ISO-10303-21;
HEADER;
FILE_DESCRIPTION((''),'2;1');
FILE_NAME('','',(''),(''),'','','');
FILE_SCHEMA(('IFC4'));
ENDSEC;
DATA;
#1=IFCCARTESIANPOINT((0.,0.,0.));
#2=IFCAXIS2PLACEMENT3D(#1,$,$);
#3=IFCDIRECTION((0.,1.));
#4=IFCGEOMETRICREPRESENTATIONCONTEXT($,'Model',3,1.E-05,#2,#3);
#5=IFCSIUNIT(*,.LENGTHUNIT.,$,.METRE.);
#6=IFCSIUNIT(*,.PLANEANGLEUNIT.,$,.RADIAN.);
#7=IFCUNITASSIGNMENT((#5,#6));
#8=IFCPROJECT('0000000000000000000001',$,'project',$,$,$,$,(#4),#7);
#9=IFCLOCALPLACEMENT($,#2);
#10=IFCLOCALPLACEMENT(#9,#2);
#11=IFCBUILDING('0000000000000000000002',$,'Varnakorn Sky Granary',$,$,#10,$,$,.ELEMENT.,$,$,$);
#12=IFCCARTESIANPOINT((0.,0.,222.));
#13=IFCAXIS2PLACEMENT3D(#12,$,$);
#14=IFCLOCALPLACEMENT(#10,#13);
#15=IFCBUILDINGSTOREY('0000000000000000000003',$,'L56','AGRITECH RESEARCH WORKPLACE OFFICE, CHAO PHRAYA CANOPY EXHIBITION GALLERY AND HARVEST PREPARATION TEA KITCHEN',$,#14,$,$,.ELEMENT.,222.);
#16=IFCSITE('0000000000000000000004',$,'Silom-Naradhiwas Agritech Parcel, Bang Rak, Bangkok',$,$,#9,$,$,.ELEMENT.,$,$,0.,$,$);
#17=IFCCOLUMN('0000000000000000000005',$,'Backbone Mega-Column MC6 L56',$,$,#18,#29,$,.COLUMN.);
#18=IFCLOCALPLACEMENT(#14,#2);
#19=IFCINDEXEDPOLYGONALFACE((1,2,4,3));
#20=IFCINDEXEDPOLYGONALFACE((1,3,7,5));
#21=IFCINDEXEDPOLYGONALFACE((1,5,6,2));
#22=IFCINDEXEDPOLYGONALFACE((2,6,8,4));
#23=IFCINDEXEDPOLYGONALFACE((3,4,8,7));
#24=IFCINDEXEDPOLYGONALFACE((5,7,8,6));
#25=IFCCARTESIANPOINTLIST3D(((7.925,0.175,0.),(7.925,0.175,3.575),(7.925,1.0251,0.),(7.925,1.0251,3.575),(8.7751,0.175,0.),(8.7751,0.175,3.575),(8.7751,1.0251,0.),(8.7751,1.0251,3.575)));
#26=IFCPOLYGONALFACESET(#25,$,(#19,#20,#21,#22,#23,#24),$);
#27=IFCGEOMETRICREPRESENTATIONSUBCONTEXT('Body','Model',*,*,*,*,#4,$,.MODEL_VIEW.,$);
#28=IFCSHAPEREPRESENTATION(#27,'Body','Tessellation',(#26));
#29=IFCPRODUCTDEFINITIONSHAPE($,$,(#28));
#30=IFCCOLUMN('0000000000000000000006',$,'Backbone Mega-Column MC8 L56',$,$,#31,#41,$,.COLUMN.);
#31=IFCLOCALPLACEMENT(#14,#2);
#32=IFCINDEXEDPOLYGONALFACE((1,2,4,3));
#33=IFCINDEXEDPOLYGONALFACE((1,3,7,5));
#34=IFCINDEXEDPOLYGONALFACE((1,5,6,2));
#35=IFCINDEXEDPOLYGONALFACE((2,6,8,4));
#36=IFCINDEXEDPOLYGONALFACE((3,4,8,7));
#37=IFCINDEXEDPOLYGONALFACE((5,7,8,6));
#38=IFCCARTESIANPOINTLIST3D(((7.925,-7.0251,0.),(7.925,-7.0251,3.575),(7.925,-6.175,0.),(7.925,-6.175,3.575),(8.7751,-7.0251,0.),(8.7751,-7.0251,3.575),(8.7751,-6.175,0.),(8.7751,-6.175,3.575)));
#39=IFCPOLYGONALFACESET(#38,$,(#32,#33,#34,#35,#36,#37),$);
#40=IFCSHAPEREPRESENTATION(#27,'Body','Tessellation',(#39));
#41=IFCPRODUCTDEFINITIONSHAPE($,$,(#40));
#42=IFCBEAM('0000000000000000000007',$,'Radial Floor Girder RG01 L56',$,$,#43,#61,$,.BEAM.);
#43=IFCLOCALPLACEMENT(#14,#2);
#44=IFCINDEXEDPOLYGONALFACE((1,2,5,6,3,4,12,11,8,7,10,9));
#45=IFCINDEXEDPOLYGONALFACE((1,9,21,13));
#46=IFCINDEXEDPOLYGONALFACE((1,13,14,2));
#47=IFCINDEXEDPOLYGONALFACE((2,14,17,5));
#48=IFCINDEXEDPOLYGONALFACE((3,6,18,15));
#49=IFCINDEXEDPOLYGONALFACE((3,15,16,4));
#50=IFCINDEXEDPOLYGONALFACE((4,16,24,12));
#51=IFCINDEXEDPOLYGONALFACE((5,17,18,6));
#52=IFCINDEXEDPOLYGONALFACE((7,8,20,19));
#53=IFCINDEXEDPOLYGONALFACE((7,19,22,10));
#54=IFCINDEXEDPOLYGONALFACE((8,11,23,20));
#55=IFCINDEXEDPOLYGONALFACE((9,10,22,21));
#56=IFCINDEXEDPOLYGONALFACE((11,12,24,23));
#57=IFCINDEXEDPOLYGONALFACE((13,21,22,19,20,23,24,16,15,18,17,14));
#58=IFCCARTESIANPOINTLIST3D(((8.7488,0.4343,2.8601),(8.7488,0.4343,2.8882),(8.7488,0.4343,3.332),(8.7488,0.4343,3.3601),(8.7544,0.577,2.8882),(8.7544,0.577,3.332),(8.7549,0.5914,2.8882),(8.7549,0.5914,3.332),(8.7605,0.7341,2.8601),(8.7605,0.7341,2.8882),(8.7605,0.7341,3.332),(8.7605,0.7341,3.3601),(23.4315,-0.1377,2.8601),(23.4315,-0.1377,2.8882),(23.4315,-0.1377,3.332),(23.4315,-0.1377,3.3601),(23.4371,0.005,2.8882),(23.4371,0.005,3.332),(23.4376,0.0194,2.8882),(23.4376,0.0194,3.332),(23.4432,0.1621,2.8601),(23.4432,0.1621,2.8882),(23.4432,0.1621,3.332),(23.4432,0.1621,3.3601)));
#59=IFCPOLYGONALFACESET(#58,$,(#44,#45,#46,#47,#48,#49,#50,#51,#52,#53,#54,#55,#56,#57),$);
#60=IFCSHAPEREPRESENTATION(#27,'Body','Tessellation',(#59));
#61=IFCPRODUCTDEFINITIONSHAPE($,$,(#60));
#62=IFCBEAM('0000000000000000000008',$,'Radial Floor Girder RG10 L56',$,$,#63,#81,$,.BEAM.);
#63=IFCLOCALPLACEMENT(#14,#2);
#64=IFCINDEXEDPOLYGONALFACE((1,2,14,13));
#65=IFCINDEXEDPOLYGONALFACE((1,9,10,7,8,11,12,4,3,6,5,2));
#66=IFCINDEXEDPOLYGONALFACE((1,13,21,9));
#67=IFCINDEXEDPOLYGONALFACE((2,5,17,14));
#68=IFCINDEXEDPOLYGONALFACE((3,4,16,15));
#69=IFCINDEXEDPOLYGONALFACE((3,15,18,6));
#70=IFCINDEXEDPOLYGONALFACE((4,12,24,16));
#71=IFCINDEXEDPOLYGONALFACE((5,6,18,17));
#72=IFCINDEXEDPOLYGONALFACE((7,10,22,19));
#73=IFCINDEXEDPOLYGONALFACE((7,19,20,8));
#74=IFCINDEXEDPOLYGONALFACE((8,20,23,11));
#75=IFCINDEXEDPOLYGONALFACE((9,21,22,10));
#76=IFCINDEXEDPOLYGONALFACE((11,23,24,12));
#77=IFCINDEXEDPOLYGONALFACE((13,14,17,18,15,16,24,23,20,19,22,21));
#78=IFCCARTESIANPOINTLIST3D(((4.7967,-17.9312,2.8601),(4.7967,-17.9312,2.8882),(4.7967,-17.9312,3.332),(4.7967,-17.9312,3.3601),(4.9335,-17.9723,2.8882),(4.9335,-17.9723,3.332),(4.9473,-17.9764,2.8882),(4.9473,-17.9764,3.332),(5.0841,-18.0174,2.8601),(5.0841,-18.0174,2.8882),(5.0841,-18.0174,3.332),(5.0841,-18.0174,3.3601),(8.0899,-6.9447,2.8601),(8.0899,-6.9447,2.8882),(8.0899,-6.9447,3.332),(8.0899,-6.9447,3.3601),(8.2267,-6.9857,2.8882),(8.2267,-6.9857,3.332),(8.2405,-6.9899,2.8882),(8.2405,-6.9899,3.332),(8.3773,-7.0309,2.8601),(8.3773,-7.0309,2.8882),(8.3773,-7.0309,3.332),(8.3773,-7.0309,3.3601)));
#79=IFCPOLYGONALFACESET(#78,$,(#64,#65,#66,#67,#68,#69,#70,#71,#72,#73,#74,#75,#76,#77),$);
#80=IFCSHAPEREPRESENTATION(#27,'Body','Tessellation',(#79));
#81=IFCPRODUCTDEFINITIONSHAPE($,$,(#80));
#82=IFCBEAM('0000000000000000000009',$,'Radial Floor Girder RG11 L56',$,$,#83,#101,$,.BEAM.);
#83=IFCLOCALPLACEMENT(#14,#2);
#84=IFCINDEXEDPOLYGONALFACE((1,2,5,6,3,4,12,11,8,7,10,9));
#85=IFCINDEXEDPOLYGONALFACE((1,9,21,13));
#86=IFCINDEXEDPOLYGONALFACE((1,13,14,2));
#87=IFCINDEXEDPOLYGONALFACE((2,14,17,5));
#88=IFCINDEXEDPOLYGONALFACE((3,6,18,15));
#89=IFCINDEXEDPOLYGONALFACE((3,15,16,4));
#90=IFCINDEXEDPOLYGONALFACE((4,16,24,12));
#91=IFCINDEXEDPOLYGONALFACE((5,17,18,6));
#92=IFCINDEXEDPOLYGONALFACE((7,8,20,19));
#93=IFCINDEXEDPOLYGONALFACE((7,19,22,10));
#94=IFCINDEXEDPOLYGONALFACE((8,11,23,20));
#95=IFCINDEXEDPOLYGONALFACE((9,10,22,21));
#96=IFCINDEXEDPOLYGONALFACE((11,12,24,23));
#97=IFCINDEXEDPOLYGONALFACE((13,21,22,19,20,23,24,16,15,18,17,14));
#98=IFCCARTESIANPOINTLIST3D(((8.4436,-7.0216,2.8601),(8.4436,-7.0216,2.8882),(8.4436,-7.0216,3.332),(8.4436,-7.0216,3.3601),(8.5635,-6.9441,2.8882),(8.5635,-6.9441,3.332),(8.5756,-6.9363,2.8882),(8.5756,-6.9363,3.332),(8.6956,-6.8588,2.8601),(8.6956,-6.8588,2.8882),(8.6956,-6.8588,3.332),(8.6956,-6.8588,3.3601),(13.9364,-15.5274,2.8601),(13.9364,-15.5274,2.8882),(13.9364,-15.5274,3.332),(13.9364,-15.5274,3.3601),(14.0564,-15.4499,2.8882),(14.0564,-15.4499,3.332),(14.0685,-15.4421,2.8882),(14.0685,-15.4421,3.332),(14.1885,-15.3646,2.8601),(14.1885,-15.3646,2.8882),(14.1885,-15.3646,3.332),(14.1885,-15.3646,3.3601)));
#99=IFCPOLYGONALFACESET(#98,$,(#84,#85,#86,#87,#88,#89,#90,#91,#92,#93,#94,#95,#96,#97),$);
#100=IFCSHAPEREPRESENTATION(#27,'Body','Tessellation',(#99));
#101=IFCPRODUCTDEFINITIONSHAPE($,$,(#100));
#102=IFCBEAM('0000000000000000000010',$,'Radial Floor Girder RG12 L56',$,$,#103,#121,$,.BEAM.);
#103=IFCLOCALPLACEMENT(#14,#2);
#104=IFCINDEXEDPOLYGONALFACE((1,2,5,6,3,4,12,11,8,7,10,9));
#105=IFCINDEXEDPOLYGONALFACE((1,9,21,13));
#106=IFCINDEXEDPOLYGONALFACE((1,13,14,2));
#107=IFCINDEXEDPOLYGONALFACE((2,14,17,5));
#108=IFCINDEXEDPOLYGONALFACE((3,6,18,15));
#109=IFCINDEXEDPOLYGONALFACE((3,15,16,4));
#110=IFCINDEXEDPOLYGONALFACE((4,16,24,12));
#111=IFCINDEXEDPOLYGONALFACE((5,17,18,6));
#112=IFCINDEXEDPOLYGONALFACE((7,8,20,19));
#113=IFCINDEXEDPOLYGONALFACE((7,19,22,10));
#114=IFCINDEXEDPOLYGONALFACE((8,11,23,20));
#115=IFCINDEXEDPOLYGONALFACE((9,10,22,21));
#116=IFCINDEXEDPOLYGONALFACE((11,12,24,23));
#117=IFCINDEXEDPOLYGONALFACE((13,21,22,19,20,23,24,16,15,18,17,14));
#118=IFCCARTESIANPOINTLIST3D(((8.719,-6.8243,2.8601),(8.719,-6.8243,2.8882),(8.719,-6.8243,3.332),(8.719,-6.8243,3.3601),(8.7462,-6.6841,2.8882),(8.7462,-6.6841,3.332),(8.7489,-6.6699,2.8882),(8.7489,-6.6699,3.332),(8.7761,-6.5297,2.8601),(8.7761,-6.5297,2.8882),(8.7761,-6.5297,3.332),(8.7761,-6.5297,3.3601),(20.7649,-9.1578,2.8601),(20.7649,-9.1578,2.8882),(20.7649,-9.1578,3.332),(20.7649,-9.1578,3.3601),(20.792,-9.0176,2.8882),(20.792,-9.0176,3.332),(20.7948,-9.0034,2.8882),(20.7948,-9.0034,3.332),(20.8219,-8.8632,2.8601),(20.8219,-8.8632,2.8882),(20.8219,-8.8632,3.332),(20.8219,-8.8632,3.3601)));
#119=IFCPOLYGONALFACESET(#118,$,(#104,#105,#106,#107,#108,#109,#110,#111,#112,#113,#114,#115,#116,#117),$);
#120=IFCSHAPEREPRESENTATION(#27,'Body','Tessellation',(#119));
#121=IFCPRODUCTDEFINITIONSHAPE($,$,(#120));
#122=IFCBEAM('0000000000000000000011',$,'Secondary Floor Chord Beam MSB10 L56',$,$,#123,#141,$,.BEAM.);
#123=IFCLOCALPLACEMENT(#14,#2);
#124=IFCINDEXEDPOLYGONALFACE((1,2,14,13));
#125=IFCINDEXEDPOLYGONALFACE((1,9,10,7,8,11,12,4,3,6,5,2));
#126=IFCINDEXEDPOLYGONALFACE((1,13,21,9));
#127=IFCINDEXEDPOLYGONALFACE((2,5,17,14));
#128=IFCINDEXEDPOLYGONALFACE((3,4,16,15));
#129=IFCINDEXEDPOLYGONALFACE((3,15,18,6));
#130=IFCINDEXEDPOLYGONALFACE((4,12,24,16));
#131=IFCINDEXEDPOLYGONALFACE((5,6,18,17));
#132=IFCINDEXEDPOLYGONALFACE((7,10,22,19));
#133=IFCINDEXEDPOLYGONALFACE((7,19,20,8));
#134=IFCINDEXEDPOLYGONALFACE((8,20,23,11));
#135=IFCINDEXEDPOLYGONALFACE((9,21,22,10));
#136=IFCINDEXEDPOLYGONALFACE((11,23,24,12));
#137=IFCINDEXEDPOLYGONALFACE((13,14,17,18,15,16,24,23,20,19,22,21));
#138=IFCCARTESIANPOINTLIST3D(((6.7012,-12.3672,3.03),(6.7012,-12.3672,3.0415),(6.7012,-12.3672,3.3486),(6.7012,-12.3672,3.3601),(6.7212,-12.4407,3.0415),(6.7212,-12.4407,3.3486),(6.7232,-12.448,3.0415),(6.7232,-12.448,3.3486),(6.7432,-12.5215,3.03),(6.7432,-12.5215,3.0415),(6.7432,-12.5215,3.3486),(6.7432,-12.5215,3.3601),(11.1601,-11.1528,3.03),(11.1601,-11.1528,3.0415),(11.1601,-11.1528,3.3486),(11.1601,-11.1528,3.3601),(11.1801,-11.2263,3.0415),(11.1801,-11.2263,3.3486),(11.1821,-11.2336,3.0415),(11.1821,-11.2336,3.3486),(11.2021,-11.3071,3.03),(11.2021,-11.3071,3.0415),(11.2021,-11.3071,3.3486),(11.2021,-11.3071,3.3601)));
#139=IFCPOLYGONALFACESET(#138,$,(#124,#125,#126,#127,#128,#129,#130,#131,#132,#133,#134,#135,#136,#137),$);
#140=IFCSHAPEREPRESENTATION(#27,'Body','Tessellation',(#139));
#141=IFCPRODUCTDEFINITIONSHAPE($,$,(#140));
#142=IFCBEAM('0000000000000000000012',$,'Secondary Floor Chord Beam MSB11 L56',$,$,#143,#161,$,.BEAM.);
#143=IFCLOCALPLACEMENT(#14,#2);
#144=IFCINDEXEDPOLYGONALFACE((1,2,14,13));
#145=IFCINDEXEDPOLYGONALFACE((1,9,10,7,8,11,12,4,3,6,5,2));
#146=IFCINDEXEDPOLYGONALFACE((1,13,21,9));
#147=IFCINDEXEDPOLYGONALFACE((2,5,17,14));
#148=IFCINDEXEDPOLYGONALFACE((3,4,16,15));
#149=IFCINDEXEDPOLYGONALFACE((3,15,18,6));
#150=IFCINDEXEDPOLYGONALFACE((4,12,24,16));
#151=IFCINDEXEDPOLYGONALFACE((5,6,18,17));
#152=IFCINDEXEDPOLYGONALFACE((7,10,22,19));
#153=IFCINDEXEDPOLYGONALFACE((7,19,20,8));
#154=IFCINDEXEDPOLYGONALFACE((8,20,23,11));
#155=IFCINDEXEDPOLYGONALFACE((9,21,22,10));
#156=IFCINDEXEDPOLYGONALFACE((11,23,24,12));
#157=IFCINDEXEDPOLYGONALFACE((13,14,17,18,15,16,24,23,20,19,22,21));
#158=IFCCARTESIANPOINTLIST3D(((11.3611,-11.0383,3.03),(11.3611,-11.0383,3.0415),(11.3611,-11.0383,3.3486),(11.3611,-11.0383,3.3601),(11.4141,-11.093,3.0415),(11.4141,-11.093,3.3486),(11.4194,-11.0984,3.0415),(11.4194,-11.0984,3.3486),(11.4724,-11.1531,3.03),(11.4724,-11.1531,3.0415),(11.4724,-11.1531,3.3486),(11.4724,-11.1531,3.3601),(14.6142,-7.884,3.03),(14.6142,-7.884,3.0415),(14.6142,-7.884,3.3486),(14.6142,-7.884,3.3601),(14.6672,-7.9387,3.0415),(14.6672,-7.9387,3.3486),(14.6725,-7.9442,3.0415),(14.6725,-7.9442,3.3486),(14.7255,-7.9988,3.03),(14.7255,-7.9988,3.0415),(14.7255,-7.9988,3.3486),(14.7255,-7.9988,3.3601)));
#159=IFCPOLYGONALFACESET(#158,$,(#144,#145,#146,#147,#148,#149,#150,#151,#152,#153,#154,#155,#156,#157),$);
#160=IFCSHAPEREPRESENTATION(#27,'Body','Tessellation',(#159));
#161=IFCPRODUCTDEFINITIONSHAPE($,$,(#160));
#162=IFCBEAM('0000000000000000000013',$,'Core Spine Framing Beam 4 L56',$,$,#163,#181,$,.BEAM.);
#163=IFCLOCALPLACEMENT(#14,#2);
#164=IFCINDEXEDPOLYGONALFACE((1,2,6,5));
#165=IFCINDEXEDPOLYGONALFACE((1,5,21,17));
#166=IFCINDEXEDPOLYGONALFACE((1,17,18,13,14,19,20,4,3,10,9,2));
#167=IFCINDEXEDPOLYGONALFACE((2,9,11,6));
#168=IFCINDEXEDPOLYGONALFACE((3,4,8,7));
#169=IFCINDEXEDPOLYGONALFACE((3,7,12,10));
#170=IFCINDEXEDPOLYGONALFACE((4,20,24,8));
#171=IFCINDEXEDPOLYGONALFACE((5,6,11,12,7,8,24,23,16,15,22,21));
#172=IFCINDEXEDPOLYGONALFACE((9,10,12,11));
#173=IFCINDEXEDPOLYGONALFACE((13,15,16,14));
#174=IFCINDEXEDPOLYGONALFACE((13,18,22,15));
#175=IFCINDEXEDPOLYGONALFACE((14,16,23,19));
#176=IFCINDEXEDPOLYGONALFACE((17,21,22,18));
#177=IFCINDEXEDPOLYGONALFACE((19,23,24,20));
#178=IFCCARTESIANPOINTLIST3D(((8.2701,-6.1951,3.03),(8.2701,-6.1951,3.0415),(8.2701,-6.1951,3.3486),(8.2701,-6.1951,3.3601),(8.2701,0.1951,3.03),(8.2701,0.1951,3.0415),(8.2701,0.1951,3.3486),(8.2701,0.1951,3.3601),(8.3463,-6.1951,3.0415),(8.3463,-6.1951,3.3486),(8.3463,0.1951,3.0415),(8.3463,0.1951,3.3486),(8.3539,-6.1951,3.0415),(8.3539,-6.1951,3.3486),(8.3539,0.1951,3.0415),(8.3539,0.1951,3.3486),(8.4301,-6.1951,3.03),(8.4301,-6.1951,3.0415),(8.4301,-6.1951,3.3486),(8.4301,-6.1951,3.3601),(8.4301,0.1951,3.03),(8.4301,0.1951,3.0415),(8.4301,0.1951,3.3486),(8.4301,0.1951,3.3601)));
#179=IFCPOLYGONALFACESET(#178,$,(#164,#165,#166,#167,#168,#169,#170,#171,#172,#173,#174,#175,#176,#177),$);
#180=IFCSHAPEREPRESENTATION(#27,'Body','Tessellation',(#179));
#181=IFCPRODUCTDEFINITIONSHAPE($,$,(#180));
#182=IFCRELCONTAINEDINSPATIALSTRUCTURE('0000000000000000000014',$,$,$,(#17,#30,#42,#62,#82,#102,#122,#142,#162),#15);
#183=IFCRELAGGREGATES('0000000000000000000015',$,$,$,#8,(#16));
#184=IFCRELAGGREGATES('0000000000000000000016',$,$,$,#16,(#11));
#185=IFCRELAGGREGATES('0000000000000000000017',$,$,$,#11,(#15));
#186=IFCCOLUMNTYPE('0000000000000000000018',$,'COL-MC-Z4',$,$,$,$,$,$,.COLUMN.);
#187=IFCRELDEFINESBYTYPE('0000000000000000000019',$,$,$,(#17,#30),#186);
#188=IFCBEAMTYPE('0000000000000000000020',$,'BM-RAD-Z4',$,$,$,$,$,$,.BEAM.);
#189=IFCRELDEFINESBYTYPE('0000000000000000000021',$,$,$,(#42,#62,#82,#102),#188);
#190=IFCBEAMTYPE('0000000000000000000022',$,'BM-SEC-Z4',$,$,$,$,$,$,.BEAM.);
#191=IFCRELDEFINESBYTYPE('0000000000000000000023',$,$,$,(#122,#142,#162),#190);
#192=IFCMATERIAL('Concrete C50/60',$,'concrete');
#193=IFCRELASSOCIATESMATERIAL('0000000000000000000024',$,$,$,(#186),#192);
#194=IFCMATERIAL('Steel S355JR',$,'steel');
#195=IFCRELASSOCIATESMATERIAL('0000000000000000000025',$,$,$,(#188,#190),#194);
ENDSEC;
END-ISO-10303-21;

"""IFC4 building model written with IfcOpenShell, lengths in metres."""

from ifc_helpers import new_model, si_unit, direction, frame, origin, origin_2d, place, context, subcontext, project, spatial, rectangle, i_section, extrude, material, material_profile, profile_set, type_object, element, save


model = new_model("IFC4")

# Units and contexts
model_context = context("Model", 3, precision=1e-05, world=origin(), true_north=direction((0.0, 1.0)))
body_context = subcontext(model_context, "Body", "Model", "MODEL_VIEW")
ifc_project = project(units=[si_unit("LENGTHUNIT", "METRE"), si_unit("PLANEANGLEUNIT", "RADIAN")], contexts=[model_context])

# Site, building, storey
site_placement = place(None, origin())
site = spatial("IfcSite", under=ifc_project, at=site_placement, Name="Silom-Naradhiwas Agritech Parcel, Bang Rak, Bangkok", CompositionType="ELEMENT", RefElevation=0.0)
building_placement = place(site_placement, origin())
building = spatial("IfcBuilding", under=site, at=building_placement, Name="Varnakorn Sky Granary", CompositionType="ELEMENT")
storey_placement = place(building_placement, frame((0.0, 0.0, 222.0)))
storey = spatial("IfcBuildingStorey", under=building, at=storey_placement, Name="L56", Description="AGRITECH RESEARCH WORKPLACE OFFICE, CHAO PHRAYA CANOPY EXHIBITION GALLERY AND HARVEST PREPARATION TEA KITCHEN", CompositionType="ELEMENT", Elevation=222.0)

# Columns
ifc_material_1 = material(Name="Concrete C50/60", Category="concrete")
ifc_material_profile_1 = material_profile(ifc_material_1, rectangle(XDim=0.8501, YDim=0.8501, at=origin_2d()), Name="RC 850x850")
ifc_profile_set_1 = profile_set([ifc_material_profile_1], Name="Concrete C50/60")
column_type = type_object("IfcColumnType", Name="COL-MC-Z4", PredefinedType="COLUMN", material=ifc_profile_set_1)
for number, where, z_axis, x_axis, name in (
    (1, (8.3501, 0.6001, 0.0), (0.0, 0.0, 1.0), (1.0, 0.0, 0.0), "Backbone Mega-Column MC6 L56"),
    (2, (8.3501, -6.6001, 0.0), (0.0, 0.0, 1.0), (1.0, 0.0, 0.0), "Backbone Mega-Column MC8 L56"),
):
    element("IfcColumn", number, at=place(storey_placement, frame(where, z_axis=z_axis, x_axis=x_axis)), inside=storey, type_object=column_type, Name=name, PredefinedType="COLUMN", context=body_context, shape_type="SweptSolid", body=[
        extrude(rectangle(XDim=0.8501, YDim=0.8501, at=origin_2d()), origin(), (0.0, 0.0, 1.0), 3.575),
    ])

# Beams
ifc_material_2 = material(Name="Steel S355JR", Category="steel")
ifc_material_profile_2 = material_profile(ifc_material_2, i_section(OverallWidth=0.3, OverallDepth=0.5, WebThickness=0.0144, FlangeThickness=0.0281, at=origin_2d()), Name="HE 500 B")
ifc_profile_set_2 = profile_set([ifc_material_profile_2], Name="Steel S355JR")
beam_type_1 = type_object("IfcBeamType", Name="BM-RAD-Z4", PredefinedType="BEAM", material=ifc_profile_set_2)
beam_1_placement = place(storey_placement, frame((8.7546, 0.5842, 3.1101), z_axis=(0.999242, -0.03893, 0.0), x_axis=(0.03893, 0.999242, 0.0)))
element("IfcBeam", 3, at=beam_1_placement, inside=storey, type_object=beam_type_1, Name="Radial Floor Girder RG01 L56", PredefinedType="BEAM", context=body_context, shape_type="SweptSolid", body=[
    extrude(i_section(OverallWidth=0.3, OverallDepth=0.5, WebThickness=0.0144, FlangeThickness=0.0281, at=origin_2d()), origin(), (0.0, 0.0, 1.0), 14.6938),
])
beam_2_placement = place(storey_placement, frame((8.2336, -6.9878, 3.1101), z_axis=(-0.287127, -0.957892, 0.0), x_axis=(0.957892, -0.287127, 0.0)))
element("IfcBeam", 4, at=beam_2_placement, inside=storey, type_object=beam_type_1, Name="Radial Floor Girder RG10 L56", PredefinedType="BEAM", context=body_context, shape_type="SweptSolid", body=[
    extrude(i_section(OverallWidth=0.3, OverallDepth=0.5, WebThickness=0.0144, FlangeThickness=0.0281, at=origin_2d()), origin(), (0.0, 0.0, 1.0), 11.4695),
])
beam_3_placement = place(storey_placement, frame((8.5696, -6.9402, 3.1101), z_axis=(0.542494, -0.84006, 0.0), x_axis=(0.84006, 0.542494, 0.0)))
element("IfcBeam", 5, at=beam_3_placement, inside=storey, type_object=beam_type_1, Name="Radial Floor Girder RG11 L56", PredefinedType="BEAM", context=body_context, shape_type="SweptSolid", body=[
    extrude(i_section(OverallWidth=0.3, OverallDepth=0.5, WebThickness=0.0144, FlangeThickness=0.0281, at=origin_2d()), origin(), (0.0, 0.0, 1.0), 10.1252),
])
beam_4_placement = place(storey_placement, frame((8.7476, -6.677, 3.1101), z_axis=(0.981749, -0.190182, 0.0), x_axis=(0.190182, 0.981749, 0.0)))
element("IfcBeam", 6, at=beam_4_placement, inside=storey, type_object=beam_type_1, Name="Radial Floor Girder RG12 L56", PredefinedType="BEAM", context=body_context, shape_type="SweptSolid", body=[
    extrude(i_section(OverallWidth=0.3, OverallDepth=0.5, WebThickness=0.0144, FlangeThickness=0.0281, at=origin_2d()), origin(), (0.0, 0.0, 1.0), 12.2698),
])
ifc_material_profile_3 = material_profile(ifc_material_2, i_section(OverallWidth=0.1599, OverallDepth=0.3301, WebThickness=0.0076, FlangeThickness=0.0115, at=origin_2d()), Name="IPE 330")
ifc_profile_set_3 = profile_set([ifc_material_profile_3], Name="Steel S355JR")
beam_type_2 = type_object("IfcBeamType", Name="BM-SEC-Z4", PredefinedType="BEAM", material=ifc_profile_set_3)
beam_5_placement = place(storey_placement, frame((6.7222, -12.4443, 3.1951), z_axis=(0.964859, 0.262769, 0.0), x_axis=(-0.262769, 0.964859, 0.0)))
element("IfcBeam", 7, at=beam_5_placement, inside=storey, type_object=beam_type_2, Name="Secondary Floor Chord Beam MSB10 L56", PredefinedType="BEAM", context=body_context, shape_type="SweptSolid", body=[
    extrude(i_section(OverallWidth=0.1599, OverallDepth=0.3301, WebThickness=0.0076, FlangeThickness=0.0115, at=origin_2d()), origin(), (0.0, 0.0, 1.0), 4.6213),
])
beam_6_placement = place(storey_placement, frame((11.4167, -11.0957, 3.1951), z_axis=(0.717933, 0.696112, 0.0), x_axis=(-0.696112, 0.717933, 0.0)))
element("IfcBeam", 8, at=beam_6_placement, inside=storey, type_object=beam_type_2, Name="Secondary Floor Chord Beam MSB11 L56", PredefinedType="BEAM", context=body_context, shape_type="SweptSolid", body=[
    extrude(i_section(OverallWidth=0.1599, OverallDepth=0.3301, WebThickness=0.0076, FlangeThickness=0.0115, at=origin_2d()), origin(), (0.0, 0.0, 1.0), 4.5312),
])
beam_7_placement = place(storey_placement, frame((8.3501, 0.1951, 3.1951), z_axis=(0.0, -1.0, 0.0), x_axis=(1.0, 0.0, 0.0)))
element("IfcBeam", 9, at=beam_7_placement, inside=storey, type_object=beam_type_2, Name="Core Spine Framing Beam 4 L56", PredefinedType="BEAM", context=body_context, shape_type="SweptSolid", body=[
    extrude(i_section(OverallWidth=0.1599, OverallDepth=0.3301, WebThickness=0.0076, FlangeThickness=0.0115, at=origin_2d()), origin(), (0.0, 0.0, 1.0), 6.3901),
])

save(model, "model.ifc")
